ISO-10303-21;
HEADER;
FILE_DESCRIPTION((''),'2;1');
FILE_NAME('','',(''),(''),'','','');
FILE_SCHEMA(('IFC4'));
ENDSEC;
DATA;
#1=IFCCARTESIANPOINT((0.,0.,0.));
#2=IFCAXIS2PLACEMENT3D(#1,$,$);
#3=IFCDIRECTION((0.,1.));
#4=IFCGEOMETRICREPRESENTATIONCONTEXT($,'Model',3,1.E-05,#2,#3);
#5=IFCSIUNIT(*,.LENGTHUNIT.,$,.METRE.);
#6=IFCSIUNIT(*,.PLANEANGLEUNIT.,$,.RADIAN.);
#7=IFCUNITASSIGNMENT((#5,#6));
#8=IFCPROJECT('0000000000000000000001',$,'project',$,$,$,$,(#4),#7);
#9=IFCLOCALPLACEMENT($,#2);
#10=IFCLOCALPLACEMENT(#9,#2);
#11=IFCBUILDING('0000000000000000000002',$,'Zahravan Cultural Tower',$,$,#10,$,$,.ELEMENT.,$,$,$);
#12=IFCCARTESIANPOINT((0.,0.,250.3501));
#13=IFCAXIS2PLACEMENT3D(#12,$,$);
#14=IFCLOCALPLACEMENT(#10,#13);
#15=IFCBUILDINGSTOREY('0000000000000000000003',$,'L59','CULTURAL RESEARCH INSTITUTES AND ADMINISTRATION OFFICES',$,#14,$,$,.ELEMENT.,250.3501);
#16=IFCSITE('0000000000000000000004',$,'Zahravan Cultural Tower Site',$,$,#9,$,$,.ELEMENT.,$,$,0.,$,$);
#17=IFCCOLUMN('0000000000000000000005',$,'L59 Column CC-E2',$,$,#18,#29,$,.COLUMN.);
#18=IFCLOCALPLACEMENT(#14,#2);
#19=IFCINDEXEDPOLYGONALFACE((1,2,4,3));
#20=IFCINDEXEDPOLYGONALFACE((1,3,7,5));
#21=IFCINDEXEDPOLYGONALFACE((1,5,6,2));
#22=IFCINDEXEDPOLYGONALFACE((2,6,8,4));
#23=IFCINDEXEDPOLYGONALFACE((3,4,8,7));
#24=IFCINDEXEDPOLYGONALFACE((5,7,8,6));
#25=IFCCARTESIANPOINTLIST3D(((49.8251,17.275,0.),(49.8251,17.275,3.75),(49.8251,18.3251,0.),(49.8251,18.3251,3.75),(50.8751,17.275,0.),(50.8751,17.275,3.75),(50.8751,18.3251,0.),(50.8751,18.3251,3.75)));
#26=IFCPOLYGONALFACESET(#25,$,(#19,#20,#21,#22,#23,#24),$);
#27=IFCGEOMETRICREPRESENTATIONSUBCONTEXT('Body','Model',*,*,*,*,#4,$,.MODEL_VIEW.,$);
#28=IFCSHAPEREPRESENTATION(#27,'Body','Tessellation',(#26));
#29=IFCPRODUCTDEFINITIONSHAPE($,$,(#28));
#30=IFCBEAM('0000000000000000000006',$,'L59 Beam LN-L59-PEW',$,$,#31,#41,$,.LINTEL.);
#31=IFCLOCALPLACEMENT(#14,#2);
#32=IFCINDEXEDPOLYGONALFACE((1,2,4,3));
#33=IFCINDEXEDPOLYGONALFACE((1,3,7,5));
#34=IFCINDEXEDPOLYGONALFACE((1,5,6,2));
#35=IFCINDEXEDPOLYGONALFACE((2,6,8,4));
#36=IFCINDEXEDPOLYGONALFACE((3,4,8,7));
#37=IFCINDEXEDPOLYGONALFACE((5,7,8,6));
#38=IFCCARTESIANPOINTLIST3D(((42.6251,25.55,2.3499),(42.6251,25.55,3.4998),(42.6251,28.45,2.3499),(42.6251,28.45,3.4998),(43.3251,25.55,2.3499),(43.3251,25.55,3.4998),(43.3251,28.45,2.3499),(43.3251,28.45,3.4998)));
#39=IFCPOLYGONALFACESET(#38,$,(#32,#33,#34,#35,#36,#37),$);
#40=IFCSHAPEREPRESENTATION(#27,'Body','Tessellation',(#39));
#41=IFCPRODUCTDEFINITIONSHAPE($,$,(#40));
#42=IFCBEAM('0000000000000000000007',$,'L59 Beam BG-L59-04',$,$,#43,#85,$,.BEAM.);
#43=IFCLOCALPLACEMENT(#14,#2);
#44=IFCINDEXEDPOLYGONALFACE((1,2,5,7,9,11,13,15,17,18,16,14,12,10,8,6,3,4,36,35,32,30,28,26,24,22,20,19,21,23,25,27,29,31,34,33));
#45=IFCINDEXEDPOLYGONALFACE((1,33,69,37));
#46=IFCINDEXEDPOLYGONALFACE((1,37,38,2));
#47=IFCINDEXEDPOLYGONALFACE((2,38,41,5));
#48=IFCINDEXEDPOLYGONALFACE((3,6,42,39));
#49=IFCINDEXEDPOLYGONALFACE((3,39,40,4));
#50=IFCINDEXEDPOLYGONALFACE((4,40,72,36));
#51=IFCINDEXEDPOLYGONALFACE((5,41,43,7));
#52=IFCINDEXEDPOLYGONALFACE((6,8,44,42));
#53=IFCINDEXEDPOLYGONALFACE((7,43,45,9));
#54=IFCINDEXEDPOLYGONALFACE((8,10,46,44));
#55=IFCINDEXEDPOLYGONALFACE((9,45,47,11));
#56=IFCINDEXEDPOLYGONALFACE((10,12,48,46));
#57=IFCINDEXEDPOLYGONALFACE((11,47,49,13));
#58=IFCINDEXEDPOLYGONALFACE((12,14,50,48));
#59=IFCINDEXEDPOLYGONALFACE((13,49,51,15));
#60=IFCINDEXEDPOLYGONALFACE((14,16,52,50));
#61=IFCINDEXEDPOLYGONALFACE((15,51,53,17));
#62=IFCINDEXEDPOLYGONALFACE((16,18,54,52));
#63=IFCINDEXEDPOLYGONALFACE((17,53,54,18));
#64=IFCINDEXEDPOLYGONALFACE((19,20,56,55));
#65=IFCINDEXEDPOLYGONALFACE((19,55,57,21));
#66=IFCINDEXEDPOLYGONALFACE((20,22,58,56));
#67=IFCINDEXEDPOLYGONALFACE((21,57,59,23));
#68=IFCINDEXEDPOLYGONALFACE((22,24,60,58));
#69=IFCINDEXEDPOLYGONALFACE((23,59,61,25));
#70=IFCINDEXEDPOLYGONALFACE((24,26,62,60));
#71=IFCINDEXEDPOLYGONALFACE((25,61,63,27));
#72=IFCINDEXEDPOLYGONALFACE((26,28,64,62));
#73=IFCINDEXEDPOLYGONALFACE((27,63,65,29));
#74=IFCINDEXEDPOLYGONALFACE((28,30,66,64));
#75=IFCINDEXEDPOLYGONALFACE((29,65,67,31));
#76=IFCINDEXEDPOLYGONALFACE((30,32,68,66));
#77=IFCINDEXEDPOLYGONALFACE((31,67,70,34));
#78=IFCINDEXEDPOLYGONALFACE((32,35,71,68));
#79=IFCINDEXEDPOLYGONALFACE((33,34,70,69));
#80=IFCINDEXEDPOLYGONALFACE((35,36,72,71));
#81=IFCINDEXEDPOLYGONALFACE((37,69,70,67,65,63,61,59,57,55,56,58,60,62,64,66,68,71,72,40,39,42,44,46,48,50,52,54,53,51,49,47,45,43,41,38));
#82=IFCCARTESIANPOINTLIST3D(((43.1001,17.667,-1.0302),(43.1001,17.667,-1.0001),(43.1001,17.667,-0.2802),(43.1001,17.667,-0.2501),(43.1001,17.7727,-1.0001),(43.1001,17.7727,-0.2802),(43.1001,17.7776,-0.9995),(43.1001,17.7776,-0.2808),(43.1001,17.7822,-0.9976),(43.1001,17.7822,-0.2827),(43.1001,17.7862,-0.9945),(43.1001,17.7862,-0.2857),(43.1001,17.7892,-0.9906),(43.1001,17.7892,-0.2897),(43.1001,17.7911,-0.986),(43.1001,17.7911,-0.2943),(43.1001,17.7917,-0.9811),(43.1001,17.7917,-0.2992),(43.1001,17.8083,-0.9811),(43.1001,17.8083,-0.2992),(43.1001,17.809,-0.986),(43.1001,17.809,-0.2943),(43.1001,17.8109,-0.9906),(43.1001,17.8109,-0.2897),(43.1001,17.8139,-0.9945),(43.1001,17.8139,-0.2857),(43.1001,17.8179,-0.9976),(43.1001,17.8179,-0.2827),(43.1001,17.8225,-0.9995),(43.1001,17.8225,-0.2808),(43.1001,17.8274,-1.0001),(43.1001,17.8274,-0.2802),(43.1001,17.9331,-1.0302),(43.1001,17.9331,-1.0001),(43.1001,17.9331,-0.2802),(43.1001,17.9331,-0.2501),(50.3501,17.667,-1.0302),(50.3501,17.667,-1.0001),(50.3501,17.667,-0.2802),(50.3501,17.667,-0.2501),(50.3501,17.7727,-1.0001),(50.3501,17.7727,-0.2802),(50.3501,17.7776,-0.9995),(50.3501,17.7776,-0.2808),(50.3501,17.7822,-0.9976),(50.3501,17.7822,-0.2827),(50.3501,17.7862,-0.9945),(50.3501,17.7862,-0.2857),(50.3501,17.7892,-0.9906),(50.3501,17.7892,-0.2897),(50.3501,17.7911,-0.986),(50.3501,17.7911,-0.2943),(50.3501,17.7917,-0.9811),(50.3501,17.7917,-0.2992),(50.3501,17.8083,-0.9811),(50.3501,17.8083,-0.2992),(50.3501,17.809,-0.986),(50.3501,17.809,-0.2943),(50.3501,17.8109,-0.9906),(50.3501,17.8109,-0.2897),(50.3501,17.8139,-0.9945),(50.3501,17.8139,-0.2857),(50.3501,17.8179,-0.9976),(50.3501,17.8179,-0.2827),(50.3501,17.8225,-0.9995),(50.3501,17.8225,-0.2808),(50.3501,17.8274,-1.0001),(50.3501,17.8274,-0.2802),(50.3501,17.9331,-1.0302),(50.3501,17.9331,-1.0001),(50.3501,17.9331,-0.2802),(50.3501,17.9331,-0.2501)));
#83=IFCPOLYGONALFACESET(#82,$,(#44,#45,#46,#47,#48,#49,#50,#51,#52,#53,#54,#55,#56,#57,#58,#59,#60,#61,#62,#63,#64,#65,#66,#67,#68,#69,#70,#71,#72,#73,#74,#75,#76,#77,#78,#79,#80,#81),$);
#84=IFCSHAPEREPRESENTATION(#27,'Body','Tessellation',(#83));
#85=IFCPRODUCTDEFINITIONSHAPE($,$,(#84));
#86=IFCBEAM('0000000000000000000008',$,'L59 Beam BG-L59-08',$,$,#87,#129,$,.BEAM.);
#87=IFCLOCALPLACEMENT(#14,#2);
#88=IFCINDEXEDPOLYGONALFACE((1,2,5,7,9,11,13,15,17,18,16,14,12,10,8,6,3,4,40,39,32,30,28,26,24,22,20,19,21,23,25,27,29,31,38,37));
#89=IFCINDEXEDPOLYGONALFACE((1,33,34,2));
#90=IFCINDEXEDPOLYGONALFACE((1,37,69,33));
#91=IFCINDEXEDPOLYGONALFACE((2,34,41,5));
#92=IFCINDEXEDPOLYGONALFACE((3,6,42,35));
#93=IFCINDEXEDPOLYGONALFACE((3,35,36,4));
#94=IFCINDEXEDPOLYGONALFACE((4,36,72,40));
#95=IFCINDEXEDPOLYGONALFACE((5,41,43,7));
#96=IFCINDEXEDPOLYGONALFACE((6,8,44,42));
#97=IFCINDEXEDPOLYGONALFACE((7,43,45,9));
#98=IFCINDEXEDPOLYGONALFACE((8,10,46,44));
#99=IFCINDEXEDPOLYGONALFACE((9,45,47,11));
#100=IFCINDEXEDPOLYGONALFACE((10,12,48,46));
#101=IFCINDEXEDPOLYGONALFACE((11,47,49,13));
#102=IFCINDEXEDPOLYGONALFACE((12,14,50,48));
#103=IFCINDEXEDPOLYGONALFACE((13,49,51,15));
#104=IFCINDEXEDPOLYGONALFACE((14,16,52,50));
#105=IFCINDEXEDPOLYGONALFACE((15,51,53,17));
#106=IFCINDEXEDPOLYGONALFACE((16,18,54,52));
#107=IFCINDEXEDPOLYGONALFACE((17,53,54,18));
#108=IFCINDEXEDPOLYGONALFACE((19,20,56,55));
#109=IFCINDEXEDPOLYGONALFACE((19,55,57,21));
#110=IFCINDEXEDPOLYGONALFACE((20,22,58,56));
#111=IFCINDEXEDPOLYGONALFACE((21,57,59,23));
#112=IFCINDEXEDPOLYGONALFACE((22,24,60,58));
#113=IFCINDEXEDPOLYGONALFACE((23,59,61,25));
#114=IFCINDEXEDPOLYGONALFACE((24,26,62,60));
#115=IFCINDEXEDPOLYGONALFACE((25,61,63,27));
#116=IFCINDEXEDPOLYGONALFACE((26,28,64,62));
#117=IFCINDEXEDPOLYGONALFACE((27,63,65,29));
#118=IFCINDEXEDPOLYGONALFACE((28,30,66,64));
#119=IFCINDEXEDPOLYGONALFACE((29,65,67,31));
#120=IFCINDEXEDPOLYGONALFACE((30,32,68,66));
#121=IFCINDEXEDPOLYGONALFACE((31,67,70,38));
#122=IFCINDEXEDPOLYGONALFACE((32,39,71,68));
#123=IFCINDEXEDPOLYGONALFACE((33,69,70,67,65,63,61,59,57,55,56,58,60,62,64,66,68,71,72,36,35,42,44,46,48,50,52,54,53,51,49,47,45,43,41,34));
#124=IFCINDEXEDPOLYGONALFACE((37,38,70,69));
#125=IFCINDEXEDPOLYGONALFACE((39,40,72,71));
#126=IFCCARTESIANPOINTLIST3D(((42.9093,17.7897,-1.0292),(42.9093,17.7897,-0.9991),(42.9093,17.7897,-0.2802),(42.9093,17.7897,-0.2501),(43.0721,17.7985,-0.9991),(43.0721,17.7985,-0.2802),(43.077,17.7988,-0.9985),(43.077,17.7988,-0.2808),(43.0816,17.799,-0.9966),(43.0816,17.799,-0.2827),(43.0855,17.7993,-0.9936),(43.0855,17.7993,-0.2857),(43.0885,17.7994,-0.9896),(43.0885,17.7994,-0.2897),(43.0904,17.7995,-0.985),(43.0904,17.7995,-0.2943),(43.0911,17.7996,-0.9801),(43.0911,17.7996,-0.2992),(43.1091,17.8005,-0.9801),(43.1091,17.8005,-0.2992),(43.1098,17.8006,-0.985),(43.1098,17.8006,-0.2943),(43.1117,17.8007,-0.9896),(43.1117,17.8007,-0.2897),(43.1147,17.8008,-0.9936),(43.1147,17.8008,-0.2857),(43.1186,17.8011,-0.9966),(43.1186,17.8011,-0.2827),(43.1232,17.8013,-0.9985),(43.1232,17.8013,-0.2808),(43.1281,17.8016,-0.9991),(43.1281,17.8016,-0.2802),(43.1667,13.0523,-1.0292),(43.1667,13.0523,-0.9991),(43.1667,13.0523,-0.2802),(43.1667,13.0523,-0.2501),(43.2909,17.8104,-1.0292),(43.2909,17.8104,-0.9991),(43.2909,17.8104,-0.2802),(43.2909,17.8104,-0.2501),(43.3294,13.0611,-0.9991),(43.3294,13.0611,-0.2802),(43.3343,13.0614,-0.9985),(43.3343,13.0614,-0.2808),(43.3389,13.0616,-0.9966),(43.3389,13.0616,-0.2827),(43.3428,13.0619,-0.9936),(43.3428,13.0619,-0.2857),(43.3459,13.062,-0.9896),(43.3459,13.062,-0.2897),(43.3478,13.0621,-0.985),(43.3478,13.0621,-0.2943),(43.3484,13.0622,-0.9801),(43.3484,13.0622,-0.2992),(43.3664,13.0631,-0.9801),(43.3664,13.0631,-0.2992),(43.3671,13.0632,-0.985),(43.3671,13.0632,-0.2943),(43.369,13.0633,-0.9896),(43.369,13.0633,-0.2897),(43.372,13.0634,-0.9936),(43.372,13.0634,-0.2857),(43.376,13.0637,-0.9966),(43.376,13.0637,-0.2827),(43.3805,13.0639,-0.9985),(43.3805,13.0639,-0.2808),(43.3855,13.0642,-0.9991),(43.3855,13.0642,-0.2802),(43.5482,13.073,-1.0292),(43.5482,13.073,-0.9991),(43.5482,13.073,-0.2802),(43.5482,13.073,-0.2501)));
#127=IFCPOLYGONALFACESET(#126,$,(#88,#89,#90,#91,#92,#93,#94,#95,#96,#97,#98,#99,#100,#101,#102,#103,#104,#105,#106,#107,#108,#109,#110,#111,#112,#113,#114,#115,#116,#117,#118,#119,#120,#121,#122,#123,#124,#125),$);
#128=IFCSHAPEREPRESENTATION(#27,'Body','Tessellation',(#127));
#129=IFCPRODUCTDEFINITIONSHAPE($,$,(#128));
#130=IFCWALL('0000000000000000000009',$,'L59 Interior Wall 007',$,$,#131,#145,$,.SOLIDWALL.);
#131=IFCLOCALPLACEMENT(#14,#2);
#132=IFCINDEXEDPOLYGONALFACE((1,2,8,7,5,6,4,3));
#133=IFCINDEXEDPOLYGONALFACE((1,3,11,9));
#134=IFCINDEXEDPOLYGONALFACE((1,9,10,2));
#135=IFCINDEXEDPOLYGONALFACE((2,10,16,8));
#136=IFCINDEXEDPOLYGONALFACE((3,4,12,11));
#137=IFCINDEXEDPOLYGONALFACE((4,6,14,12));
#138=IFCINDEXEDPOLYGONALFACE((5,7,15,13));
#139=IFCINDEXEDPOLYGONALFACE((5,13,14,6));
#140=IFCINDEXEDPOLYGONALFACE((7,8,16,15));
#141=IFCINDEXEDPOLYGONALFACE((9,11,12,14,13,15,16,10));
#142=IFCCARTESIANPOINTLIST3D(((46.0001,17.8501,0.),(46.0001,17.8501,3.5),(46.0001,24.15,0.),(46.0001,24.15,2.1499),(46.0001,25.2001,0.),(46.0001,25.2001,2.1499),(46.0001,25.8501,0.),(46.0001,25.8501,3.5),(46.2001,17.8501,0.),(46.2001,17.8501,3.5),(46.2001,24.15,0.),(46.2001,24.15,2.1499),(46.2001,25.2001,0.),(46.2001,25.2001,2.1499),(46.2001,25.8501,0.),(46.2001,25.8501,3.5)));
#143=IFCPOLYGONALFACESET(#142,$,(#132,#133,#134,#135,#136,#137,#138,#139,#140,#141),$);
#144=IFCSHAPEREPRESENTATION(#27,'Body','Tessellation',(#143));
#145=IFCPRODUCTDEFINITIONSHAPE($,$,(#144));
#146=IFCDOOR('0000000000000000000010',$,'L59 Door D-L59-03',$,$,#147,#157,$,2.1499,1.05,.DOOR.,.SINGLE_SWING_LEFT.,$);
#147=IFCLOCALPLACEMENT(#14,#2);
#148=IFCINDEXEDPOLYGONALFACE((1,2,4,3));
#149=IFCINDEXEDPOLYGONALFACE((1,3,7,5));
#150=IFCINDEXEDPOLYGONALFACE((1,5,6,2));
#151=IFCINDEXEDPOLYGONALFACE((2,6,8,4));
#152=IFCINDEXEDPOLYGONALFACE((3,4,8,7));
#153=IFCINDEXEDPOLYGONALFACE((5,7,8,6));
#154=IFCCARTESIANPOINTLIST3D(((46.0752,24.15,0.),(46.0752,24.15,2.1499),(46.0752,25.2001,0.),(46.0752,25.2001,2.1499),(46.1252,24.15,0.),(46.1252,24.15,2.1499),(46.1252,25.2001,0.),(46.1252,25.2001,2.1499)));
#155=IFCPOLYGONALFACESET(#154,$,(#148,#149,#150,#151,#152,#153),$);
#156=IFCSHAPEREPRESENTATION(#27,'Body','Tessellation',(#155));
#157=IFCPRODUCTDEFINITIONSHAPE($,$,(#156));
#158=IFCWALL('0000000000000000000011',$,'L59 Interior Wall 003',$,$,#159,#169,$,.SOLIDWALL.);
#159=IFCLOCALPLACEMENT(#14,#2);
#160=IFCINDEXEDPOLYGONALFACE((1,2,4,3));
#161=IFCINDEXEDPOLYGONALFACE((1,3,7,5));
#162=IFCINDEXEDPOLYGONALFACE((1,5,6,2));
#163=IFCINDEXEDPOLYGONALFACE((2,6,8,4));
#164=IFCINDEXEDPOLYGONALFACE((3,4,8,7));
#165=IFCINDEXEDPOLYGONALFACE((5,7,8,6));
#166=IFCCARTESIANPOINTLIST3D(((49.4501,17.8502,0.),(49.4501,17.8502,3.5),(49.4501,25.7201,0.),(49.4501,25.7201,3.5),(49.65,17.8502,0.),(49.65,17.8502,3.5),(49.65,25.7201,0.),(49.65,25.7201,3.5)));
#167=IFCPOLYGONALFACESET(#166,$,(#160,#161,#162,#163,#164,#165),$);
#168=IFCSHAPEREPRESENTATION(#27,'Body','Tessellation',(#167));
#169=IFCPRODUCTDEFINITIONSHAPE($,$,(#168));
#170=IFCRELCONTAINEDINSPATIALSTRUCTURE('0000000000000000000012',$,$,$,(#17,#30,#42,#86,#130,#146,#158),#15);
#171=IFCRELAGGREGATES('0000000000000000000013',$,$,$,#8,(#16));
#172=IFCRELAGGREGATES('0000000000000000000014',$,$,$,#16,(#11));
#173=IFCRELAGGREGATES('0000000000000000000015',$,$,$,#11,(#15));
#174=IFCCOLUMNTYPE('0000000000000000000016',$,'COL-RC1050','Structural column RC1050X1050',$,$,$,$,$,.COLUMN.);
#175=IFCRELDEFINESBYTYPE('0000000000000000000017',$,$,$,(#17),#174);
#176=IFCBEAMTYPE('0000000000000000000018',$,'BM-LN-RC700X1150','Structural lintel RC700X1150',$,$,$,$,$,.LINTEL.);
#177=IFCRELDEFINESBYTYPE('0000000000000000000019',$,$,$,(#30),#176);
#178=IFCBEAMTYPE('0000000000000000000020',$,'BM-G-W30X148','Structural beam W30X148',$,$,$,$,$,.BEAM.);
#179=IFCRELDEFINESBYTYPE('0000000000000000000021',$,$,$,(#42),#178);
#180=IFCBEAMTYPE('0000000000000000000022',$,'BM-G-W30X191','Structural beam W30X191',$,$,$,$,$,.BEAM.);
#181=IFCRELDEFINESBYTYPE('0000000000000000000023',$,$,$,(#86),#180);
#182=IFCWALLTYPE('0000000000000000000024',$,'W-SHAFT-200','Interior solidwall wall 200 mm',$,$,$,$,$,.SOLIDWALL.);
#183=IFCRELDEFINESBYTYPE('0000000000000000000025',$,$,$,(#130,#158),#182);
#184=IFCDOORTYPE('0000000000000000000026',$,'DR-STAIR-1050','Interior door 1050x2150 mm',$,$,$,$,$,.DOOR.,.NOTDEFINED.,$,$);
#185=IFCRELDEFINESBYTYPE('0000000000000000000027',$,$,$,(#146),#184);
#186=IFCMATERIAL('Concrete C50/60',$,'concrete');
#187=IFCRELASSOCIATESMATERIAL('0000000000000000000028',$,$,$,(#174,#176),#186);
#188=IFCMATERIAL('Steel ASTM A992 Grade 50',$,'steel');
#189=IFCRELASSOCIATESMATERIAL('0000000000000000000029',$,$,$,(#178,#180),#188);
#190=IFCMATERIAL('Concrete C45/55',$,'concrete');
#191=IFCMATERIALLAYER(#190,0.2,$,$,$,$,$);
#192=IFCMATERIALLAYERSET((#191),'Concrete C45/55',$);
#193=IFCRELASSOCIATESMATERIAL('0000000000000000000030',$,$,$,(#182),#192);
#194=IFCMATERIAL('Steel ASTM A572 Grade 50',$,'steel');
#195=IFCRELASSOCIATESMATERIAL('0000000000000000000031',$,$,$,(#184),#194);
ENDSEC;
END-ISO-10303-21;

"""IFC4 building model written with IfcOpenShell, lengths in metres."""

from ifc_helpers import new_model, si_unit, direction, frame, frame_2d, origin, origin_2d, place, context, subcontext, project, spatial, rectangle, i_section, extrude, source, transform, mapped, material, layer, layer_set, material_profile, profile_set, type_object, element, fill, save


model = new_model("IFC4")

# Units and contexts
model_context = context("Model", 3, precision=1e-05, world=origin(), true_north=direction((0.0, 1.0)))
body_context = subcontext(model_context, "Body", "Model", "MODEL_VIEW")
ifc_project = project(units=[si_unit("LENGTHUNIT", "METRE"), si_unit("PLANEANGLEUNIT", "RADIAN")], contexts=[model_context])

# Site, building, storey
site_placement = place(None, origin())
site = spatial("IfcSite", under=ifc_project, at=site_placement, Name="Zahravan Cultural Tower Site", CompositionType="ELEMENT", RefElevation=0.0)
building_placement = place(site_placement, origin())
building = spatial("IfcBuilding", under=site, at=building_placement, Name="Zahravan Cultural Tower", CompositionType="ELEMENT")
storey_placement = place(building_placement, frame((0.0, 0.0, 250.3501)))
storey = spatial("IfcBuildingStorey", under=building, at=storey_placement, Name="L59", Description="CULTURAL RESEARCH INSTITUTES AND ADMINISTRATION OFFICES", CompositionType="ELEMENT", Elevation=250.3501)

# Column
ifc_material_1 = material(Name="Concrete C50/60", Category="concrete")
ifc_material_profile_1 = material_profile(ifc_material_1, rectangle(XDim=1.05, YDim=1.05, at=origin_2d()), Name="RC1050X1050")
ifc_profile_set_1 = profile_set([ifc_material_profile_1], Name="Concrete C50/60")
column_type = type_object("IfcColumnType", Name="COL-RC1050", Description="Structural column RC1050X1050", PredefinedType="COLUMN", material=ifc_profile_set_1)
shared_shape_1 = source(origin(), body_context, "Body", "SweptSolid", [
    extrude(rectangle(XDim=1.05, YDim=1.05, at=origin_2d()), origin(), (0.0, 0.0, 1.0), 3.75),
])
column_placement = place(storey_placement, frame((50.3501, 17.8, 0.0), z_axis=(0.0, 0.0, 1.0), x_axis=(1.0, 0.0, 0.0)))
element("IfcColumn", 1, at=column_placement, inside=storey, type_object=column_type, Name="L59 Column CC-E2", PredefinedType="COLUMN", context=body_context, shape_type="MappedRepresentation", body=[
    mapped(shared_shape_1, transform((0.0, 0.0, 0.0), x_axis=(1.0, 0.0, 0.0), y_axis=(0.0, 1.0, 0.0), z_axis=(0.0, 0.0, 1.0), scale=1.0)),
])

# Beams
ifc_material_profile_2 = material_profile(ifc_material_1, rectangle(XDim=0.7, YDim=1.1499, at=origin_2d()), Name="RC700X1150")
ifc_profile_set_2 = profile_set([ifc_material_profile_2], Name="Concrete C50/60")
beam_type_1 = type_object("IfcBeamType", Name="BM-LN-RC700X1150", Description="Structural lintel RC700X1150", PredefinedType="LINTEL", material=ifc_profile_set_2)
shared_shape_2 = source(origin(), body_context, "Body", "SweptSolid", [
    extrude(rectangle(XDim=0.7, YDim=1.1499, at=origin_2d()), origin(), (0.0, 0.0, 1.0), 2.8999),
])
beam_1_placement = place(storey_placement, frame((42.9751, 25.55, 2.9248), z_axis=(0.0, 1.0, 0.0), x_axis=(-1.0, 0.0, 0.0)))
element("IfcBeam", 2, at=beam_1_placement, inside=storey, type_object=beam_type_1, Name="L59 Beam LN-L59-PEW", PredefinedType="LINTEL", context=body_context, shape_type="MappedRepresentation", body=[
    mapped(shared_shape_2, transform((0.0, 0.0, 0.0), x_axis=(1.0, 0.0, 0.0), y_axis=(0.0, 1.0, 0.0), z_axis=(0.0, 0.0, 1.0), scale=1.0)),
])
ifc_material_2 = material(Name="Steel ASTM A992 Grade 50", Category="steel")
ifc_material_profile_3 = material_profile(ifc_material_2, i_section(OverallWidth=0.2661, OverallDepth=0.78, WebThickness=0.0166, FlangeThickness=0.03, FilletRadius=0.019, at=origin_2d()), Name="W30X148")
ifc_profile_set_3 = profile_set([ifc_material_profile_3], Name="Steel ASTM A992 Grade 50")
beam_type_2 = type_object("IfcBeamType", Name="BM-G-W30X148", Description="Structural beam W30X148", PredefinedType="BEAM", material=ifc_profile_set_3)
shared_shape_3 = source(origin(), body_context, "Body", "SweptSolid", [
    extrude(i_section(OverallWidth=0.2661, OverallDepth=0.78, WebThickness=0.0166, FlangeThickness=0.03, FilletRadius=0.019, at=origin_2d()), origin(), (0.0, 0.0, 1.0), 7.25),
])
beam_2_placement = place(storey_placement, frame((43.1001, 17.8, -0.6401), z_axis=(1.0, 0.0, 0.0), x_axis=(0.0, 1.0, 0.0)))
element("IfcBeam", 3, at=beam_2_placement, inside=storey, type_object=beam_type_2, Name="L59 Beam BG-L59-04", PredefinedType="BEAM", context=body_context, shape_type="MappedRepresentation", body=[
    mapped(shared_shape_3, transform((0.0, 0.0, 0.0), x_axis=(1.0, 0.0, 0.0), y_axis=(0.0, 1.0, 0.0), z_axis=(0.0, 0.0, 1.0), scale=1.0)),
])
ifc_material_profile_4 = material_profile(ifc_material_2, i_section(OverallWidth=0.3821, OverallDepth=0.7791, WebThickness=0.0181, FlangeThickness=0.03, FilletRadius=0.019, at=origin_2d()), Name="W30X191")
ifc_profile_set_4 = profile_set([ifc_material_profile_4], Name="Steel ASTM A992 Grade 50")
beam_type_3 = type_object("IfcBeamType", Name="BM-G-W30X191", Description="Structural beam W30X191", PredefinedType="BEAM", material=ifc_profile_set_4)
shared_shape_4 = source(origin(), body_context, "Body", "SweptSolid", [
    extrude(i_section(OverallWidth=0.3821, OverallDepth=0.7791, WebThickness=0.0181, FlangeThickness=0.03, FilletRadius=0.019, at=origin_2d()), origin(), (0.0, 0.0, 1.0), 4.7444),
])
beam_3_placement = place(storey_placement, frame((43.1001, 17.8, -0.6396), z_axis=(0.054239, -0.998528, 0.0), x_axis=(0.998528, 0.054239, 0.0)))
element("IfcBeam", 4, at=beam_3_placement, inside=storey, type_object=beam_type_3, Name="L59 Beam BG-L59-08", PredefinedType="BEAM", context=body_context, shape_type="MappedRepresentation", body=[
    mapped(shared_shape_4, transform((0.0, 0.0, 0.0), x_axis=(1.0, 0.0, 0.0), y_axis=(0.0, 1.0, 0.0), z_axis=(0.0, 0.0, 1.0), scale=1.0)),
])

# Wall, opening, door
ifc_material_3 = material(Name="Concrete C45/55", Category="concrete")
ifc_layer_1 = layer(ifc_material_3, 0.2)
ifc_layer_set_1 = layer_set([ifc_layer_1], Name="Concrete C45/55")
wall_type_1 = type_object("IfcWallType", Name="W-SHAFT-200", Description="Interior solidwall wall 200 mm", PredefinedType="SOLIDWALL", material=ifc_layer_set_1)
wall_1_placement = place(storey_placement, frame((46.1001, 17.8501, 0.0), z_axis=(0.0, 0.0, 1.0), x_axis=(0.0, 1.0, 0.0)))
wall_1 = element("IfcWall", 5, at=wall_1_placement, inside=storey, type_object=wall_type_1, Name="L59 Interior Wall 007", PredefinedType="SOLIDWALL", context=body_context, shape_type="SweptSolid", body=[
    extrude(rectangle(XDim=8.0, YDim=0.2, at=frame_2d((4.0, 0.0))), origin(), (0.0, 0.0, 1.0), 3.5),
])
opening_placement = place(wall_1_placement, frame((6.3, 0.0, 0.0)))
opening = element("IfcOpeningElement", 6, at=opening_placement, cuts=wall_1, PredefinedType="OPENING", context=body_context, shape_type="SweptSolid", body=[
    extrude(rectangle(XDim=1.05, YDim=2.1499, at=frame_2d((0.5249, 1.075))), frame((0.0, 0.1099, 0.0), z_axis=(0.0, -1.0, 0.0), x_axis=(1.0, 0.0, 0.0)), (0.0, 0.0, 1.0), 0.22),
])
ifc_material_4 = material(Name="Steel ASTM A572 Grade 50", Category="steel")
door_type = type_object("IfcDoorType", Name="DR-STAIR-1050", Description="Interior door 1050x2150 mm", OperationType="NOTDEFINED", PredefinedType="DOOR", material=ifc_material_4)
shared_shape_5 = source(origin(), body_context, "Body", "SweptSolid", [
    extrude(rectangle(XDim=1.05, YDim=2.1499, at=frame_2d((0.5249, 1.075))), frame((0.0, 0.0249, 0.0), z_axis=(0.0, -1.0, 0.0), x_axis=(1.0, 0.0, 0.0)), (0.0, 0.0, 1.0), 0.05),
])
door_placement = place(opening_placement, origin())
door = element("IfcDoor", 7, at=door_placement, inside=storey, type_object=door_type, Name="L59 Door D-L59-03", OperationType="SINGLE_SWING_LEFT", OverallHeight=2.1499, OverallWidth=1.05, PredefinedType="DOOR", context=body_context, shape_type="MappedRepresentation", body=[
    mapped(shared_shape_5, transform((0.0, 0.0, 0.0), x_axis=(1.0, 0.0, 0.0), y_axis=(0.0, 1.0, 0.0), z_axis=(0.0, 0.0, 1.0), scale=1.0)),
])
fill(opening, door)

# Wall
shared_shape_6 = source(origin(), body_context, "Body", "SweptSolid", [
    extrude(rectangle(XDim=7.8699, YDim=0.2, at=frame_2d((3.9351, 0.0))), origin(), (0.0, 0.0, 1.0), 3.5),
])
wall_2_placement = place(storey_placement, frame((49.55, 17.8501, 0.0), z_axis=(0.0, 0.0, 1.0), x_axis=(0.0, 1.0, 0.0)))
element("IfcWall", 8, at=wall_2_placement, inside=storey, type_object=wall_type_1, Name="L59 Interior Wall 003", PredefinedType="SOLIDWALL", context=body_context, shape_type="MappedRepresentation", body=[
    mapped(shared_shape_6, transform((0.0, 0.0, 0.0), x_axis=(1.0, 0.0, 0.0), y_axis=(0.0, 1.0, 0.0), z_axis=(0.0, 0.0, 1.0), scale=1.0)),
])

save(model, "model.ifc")
